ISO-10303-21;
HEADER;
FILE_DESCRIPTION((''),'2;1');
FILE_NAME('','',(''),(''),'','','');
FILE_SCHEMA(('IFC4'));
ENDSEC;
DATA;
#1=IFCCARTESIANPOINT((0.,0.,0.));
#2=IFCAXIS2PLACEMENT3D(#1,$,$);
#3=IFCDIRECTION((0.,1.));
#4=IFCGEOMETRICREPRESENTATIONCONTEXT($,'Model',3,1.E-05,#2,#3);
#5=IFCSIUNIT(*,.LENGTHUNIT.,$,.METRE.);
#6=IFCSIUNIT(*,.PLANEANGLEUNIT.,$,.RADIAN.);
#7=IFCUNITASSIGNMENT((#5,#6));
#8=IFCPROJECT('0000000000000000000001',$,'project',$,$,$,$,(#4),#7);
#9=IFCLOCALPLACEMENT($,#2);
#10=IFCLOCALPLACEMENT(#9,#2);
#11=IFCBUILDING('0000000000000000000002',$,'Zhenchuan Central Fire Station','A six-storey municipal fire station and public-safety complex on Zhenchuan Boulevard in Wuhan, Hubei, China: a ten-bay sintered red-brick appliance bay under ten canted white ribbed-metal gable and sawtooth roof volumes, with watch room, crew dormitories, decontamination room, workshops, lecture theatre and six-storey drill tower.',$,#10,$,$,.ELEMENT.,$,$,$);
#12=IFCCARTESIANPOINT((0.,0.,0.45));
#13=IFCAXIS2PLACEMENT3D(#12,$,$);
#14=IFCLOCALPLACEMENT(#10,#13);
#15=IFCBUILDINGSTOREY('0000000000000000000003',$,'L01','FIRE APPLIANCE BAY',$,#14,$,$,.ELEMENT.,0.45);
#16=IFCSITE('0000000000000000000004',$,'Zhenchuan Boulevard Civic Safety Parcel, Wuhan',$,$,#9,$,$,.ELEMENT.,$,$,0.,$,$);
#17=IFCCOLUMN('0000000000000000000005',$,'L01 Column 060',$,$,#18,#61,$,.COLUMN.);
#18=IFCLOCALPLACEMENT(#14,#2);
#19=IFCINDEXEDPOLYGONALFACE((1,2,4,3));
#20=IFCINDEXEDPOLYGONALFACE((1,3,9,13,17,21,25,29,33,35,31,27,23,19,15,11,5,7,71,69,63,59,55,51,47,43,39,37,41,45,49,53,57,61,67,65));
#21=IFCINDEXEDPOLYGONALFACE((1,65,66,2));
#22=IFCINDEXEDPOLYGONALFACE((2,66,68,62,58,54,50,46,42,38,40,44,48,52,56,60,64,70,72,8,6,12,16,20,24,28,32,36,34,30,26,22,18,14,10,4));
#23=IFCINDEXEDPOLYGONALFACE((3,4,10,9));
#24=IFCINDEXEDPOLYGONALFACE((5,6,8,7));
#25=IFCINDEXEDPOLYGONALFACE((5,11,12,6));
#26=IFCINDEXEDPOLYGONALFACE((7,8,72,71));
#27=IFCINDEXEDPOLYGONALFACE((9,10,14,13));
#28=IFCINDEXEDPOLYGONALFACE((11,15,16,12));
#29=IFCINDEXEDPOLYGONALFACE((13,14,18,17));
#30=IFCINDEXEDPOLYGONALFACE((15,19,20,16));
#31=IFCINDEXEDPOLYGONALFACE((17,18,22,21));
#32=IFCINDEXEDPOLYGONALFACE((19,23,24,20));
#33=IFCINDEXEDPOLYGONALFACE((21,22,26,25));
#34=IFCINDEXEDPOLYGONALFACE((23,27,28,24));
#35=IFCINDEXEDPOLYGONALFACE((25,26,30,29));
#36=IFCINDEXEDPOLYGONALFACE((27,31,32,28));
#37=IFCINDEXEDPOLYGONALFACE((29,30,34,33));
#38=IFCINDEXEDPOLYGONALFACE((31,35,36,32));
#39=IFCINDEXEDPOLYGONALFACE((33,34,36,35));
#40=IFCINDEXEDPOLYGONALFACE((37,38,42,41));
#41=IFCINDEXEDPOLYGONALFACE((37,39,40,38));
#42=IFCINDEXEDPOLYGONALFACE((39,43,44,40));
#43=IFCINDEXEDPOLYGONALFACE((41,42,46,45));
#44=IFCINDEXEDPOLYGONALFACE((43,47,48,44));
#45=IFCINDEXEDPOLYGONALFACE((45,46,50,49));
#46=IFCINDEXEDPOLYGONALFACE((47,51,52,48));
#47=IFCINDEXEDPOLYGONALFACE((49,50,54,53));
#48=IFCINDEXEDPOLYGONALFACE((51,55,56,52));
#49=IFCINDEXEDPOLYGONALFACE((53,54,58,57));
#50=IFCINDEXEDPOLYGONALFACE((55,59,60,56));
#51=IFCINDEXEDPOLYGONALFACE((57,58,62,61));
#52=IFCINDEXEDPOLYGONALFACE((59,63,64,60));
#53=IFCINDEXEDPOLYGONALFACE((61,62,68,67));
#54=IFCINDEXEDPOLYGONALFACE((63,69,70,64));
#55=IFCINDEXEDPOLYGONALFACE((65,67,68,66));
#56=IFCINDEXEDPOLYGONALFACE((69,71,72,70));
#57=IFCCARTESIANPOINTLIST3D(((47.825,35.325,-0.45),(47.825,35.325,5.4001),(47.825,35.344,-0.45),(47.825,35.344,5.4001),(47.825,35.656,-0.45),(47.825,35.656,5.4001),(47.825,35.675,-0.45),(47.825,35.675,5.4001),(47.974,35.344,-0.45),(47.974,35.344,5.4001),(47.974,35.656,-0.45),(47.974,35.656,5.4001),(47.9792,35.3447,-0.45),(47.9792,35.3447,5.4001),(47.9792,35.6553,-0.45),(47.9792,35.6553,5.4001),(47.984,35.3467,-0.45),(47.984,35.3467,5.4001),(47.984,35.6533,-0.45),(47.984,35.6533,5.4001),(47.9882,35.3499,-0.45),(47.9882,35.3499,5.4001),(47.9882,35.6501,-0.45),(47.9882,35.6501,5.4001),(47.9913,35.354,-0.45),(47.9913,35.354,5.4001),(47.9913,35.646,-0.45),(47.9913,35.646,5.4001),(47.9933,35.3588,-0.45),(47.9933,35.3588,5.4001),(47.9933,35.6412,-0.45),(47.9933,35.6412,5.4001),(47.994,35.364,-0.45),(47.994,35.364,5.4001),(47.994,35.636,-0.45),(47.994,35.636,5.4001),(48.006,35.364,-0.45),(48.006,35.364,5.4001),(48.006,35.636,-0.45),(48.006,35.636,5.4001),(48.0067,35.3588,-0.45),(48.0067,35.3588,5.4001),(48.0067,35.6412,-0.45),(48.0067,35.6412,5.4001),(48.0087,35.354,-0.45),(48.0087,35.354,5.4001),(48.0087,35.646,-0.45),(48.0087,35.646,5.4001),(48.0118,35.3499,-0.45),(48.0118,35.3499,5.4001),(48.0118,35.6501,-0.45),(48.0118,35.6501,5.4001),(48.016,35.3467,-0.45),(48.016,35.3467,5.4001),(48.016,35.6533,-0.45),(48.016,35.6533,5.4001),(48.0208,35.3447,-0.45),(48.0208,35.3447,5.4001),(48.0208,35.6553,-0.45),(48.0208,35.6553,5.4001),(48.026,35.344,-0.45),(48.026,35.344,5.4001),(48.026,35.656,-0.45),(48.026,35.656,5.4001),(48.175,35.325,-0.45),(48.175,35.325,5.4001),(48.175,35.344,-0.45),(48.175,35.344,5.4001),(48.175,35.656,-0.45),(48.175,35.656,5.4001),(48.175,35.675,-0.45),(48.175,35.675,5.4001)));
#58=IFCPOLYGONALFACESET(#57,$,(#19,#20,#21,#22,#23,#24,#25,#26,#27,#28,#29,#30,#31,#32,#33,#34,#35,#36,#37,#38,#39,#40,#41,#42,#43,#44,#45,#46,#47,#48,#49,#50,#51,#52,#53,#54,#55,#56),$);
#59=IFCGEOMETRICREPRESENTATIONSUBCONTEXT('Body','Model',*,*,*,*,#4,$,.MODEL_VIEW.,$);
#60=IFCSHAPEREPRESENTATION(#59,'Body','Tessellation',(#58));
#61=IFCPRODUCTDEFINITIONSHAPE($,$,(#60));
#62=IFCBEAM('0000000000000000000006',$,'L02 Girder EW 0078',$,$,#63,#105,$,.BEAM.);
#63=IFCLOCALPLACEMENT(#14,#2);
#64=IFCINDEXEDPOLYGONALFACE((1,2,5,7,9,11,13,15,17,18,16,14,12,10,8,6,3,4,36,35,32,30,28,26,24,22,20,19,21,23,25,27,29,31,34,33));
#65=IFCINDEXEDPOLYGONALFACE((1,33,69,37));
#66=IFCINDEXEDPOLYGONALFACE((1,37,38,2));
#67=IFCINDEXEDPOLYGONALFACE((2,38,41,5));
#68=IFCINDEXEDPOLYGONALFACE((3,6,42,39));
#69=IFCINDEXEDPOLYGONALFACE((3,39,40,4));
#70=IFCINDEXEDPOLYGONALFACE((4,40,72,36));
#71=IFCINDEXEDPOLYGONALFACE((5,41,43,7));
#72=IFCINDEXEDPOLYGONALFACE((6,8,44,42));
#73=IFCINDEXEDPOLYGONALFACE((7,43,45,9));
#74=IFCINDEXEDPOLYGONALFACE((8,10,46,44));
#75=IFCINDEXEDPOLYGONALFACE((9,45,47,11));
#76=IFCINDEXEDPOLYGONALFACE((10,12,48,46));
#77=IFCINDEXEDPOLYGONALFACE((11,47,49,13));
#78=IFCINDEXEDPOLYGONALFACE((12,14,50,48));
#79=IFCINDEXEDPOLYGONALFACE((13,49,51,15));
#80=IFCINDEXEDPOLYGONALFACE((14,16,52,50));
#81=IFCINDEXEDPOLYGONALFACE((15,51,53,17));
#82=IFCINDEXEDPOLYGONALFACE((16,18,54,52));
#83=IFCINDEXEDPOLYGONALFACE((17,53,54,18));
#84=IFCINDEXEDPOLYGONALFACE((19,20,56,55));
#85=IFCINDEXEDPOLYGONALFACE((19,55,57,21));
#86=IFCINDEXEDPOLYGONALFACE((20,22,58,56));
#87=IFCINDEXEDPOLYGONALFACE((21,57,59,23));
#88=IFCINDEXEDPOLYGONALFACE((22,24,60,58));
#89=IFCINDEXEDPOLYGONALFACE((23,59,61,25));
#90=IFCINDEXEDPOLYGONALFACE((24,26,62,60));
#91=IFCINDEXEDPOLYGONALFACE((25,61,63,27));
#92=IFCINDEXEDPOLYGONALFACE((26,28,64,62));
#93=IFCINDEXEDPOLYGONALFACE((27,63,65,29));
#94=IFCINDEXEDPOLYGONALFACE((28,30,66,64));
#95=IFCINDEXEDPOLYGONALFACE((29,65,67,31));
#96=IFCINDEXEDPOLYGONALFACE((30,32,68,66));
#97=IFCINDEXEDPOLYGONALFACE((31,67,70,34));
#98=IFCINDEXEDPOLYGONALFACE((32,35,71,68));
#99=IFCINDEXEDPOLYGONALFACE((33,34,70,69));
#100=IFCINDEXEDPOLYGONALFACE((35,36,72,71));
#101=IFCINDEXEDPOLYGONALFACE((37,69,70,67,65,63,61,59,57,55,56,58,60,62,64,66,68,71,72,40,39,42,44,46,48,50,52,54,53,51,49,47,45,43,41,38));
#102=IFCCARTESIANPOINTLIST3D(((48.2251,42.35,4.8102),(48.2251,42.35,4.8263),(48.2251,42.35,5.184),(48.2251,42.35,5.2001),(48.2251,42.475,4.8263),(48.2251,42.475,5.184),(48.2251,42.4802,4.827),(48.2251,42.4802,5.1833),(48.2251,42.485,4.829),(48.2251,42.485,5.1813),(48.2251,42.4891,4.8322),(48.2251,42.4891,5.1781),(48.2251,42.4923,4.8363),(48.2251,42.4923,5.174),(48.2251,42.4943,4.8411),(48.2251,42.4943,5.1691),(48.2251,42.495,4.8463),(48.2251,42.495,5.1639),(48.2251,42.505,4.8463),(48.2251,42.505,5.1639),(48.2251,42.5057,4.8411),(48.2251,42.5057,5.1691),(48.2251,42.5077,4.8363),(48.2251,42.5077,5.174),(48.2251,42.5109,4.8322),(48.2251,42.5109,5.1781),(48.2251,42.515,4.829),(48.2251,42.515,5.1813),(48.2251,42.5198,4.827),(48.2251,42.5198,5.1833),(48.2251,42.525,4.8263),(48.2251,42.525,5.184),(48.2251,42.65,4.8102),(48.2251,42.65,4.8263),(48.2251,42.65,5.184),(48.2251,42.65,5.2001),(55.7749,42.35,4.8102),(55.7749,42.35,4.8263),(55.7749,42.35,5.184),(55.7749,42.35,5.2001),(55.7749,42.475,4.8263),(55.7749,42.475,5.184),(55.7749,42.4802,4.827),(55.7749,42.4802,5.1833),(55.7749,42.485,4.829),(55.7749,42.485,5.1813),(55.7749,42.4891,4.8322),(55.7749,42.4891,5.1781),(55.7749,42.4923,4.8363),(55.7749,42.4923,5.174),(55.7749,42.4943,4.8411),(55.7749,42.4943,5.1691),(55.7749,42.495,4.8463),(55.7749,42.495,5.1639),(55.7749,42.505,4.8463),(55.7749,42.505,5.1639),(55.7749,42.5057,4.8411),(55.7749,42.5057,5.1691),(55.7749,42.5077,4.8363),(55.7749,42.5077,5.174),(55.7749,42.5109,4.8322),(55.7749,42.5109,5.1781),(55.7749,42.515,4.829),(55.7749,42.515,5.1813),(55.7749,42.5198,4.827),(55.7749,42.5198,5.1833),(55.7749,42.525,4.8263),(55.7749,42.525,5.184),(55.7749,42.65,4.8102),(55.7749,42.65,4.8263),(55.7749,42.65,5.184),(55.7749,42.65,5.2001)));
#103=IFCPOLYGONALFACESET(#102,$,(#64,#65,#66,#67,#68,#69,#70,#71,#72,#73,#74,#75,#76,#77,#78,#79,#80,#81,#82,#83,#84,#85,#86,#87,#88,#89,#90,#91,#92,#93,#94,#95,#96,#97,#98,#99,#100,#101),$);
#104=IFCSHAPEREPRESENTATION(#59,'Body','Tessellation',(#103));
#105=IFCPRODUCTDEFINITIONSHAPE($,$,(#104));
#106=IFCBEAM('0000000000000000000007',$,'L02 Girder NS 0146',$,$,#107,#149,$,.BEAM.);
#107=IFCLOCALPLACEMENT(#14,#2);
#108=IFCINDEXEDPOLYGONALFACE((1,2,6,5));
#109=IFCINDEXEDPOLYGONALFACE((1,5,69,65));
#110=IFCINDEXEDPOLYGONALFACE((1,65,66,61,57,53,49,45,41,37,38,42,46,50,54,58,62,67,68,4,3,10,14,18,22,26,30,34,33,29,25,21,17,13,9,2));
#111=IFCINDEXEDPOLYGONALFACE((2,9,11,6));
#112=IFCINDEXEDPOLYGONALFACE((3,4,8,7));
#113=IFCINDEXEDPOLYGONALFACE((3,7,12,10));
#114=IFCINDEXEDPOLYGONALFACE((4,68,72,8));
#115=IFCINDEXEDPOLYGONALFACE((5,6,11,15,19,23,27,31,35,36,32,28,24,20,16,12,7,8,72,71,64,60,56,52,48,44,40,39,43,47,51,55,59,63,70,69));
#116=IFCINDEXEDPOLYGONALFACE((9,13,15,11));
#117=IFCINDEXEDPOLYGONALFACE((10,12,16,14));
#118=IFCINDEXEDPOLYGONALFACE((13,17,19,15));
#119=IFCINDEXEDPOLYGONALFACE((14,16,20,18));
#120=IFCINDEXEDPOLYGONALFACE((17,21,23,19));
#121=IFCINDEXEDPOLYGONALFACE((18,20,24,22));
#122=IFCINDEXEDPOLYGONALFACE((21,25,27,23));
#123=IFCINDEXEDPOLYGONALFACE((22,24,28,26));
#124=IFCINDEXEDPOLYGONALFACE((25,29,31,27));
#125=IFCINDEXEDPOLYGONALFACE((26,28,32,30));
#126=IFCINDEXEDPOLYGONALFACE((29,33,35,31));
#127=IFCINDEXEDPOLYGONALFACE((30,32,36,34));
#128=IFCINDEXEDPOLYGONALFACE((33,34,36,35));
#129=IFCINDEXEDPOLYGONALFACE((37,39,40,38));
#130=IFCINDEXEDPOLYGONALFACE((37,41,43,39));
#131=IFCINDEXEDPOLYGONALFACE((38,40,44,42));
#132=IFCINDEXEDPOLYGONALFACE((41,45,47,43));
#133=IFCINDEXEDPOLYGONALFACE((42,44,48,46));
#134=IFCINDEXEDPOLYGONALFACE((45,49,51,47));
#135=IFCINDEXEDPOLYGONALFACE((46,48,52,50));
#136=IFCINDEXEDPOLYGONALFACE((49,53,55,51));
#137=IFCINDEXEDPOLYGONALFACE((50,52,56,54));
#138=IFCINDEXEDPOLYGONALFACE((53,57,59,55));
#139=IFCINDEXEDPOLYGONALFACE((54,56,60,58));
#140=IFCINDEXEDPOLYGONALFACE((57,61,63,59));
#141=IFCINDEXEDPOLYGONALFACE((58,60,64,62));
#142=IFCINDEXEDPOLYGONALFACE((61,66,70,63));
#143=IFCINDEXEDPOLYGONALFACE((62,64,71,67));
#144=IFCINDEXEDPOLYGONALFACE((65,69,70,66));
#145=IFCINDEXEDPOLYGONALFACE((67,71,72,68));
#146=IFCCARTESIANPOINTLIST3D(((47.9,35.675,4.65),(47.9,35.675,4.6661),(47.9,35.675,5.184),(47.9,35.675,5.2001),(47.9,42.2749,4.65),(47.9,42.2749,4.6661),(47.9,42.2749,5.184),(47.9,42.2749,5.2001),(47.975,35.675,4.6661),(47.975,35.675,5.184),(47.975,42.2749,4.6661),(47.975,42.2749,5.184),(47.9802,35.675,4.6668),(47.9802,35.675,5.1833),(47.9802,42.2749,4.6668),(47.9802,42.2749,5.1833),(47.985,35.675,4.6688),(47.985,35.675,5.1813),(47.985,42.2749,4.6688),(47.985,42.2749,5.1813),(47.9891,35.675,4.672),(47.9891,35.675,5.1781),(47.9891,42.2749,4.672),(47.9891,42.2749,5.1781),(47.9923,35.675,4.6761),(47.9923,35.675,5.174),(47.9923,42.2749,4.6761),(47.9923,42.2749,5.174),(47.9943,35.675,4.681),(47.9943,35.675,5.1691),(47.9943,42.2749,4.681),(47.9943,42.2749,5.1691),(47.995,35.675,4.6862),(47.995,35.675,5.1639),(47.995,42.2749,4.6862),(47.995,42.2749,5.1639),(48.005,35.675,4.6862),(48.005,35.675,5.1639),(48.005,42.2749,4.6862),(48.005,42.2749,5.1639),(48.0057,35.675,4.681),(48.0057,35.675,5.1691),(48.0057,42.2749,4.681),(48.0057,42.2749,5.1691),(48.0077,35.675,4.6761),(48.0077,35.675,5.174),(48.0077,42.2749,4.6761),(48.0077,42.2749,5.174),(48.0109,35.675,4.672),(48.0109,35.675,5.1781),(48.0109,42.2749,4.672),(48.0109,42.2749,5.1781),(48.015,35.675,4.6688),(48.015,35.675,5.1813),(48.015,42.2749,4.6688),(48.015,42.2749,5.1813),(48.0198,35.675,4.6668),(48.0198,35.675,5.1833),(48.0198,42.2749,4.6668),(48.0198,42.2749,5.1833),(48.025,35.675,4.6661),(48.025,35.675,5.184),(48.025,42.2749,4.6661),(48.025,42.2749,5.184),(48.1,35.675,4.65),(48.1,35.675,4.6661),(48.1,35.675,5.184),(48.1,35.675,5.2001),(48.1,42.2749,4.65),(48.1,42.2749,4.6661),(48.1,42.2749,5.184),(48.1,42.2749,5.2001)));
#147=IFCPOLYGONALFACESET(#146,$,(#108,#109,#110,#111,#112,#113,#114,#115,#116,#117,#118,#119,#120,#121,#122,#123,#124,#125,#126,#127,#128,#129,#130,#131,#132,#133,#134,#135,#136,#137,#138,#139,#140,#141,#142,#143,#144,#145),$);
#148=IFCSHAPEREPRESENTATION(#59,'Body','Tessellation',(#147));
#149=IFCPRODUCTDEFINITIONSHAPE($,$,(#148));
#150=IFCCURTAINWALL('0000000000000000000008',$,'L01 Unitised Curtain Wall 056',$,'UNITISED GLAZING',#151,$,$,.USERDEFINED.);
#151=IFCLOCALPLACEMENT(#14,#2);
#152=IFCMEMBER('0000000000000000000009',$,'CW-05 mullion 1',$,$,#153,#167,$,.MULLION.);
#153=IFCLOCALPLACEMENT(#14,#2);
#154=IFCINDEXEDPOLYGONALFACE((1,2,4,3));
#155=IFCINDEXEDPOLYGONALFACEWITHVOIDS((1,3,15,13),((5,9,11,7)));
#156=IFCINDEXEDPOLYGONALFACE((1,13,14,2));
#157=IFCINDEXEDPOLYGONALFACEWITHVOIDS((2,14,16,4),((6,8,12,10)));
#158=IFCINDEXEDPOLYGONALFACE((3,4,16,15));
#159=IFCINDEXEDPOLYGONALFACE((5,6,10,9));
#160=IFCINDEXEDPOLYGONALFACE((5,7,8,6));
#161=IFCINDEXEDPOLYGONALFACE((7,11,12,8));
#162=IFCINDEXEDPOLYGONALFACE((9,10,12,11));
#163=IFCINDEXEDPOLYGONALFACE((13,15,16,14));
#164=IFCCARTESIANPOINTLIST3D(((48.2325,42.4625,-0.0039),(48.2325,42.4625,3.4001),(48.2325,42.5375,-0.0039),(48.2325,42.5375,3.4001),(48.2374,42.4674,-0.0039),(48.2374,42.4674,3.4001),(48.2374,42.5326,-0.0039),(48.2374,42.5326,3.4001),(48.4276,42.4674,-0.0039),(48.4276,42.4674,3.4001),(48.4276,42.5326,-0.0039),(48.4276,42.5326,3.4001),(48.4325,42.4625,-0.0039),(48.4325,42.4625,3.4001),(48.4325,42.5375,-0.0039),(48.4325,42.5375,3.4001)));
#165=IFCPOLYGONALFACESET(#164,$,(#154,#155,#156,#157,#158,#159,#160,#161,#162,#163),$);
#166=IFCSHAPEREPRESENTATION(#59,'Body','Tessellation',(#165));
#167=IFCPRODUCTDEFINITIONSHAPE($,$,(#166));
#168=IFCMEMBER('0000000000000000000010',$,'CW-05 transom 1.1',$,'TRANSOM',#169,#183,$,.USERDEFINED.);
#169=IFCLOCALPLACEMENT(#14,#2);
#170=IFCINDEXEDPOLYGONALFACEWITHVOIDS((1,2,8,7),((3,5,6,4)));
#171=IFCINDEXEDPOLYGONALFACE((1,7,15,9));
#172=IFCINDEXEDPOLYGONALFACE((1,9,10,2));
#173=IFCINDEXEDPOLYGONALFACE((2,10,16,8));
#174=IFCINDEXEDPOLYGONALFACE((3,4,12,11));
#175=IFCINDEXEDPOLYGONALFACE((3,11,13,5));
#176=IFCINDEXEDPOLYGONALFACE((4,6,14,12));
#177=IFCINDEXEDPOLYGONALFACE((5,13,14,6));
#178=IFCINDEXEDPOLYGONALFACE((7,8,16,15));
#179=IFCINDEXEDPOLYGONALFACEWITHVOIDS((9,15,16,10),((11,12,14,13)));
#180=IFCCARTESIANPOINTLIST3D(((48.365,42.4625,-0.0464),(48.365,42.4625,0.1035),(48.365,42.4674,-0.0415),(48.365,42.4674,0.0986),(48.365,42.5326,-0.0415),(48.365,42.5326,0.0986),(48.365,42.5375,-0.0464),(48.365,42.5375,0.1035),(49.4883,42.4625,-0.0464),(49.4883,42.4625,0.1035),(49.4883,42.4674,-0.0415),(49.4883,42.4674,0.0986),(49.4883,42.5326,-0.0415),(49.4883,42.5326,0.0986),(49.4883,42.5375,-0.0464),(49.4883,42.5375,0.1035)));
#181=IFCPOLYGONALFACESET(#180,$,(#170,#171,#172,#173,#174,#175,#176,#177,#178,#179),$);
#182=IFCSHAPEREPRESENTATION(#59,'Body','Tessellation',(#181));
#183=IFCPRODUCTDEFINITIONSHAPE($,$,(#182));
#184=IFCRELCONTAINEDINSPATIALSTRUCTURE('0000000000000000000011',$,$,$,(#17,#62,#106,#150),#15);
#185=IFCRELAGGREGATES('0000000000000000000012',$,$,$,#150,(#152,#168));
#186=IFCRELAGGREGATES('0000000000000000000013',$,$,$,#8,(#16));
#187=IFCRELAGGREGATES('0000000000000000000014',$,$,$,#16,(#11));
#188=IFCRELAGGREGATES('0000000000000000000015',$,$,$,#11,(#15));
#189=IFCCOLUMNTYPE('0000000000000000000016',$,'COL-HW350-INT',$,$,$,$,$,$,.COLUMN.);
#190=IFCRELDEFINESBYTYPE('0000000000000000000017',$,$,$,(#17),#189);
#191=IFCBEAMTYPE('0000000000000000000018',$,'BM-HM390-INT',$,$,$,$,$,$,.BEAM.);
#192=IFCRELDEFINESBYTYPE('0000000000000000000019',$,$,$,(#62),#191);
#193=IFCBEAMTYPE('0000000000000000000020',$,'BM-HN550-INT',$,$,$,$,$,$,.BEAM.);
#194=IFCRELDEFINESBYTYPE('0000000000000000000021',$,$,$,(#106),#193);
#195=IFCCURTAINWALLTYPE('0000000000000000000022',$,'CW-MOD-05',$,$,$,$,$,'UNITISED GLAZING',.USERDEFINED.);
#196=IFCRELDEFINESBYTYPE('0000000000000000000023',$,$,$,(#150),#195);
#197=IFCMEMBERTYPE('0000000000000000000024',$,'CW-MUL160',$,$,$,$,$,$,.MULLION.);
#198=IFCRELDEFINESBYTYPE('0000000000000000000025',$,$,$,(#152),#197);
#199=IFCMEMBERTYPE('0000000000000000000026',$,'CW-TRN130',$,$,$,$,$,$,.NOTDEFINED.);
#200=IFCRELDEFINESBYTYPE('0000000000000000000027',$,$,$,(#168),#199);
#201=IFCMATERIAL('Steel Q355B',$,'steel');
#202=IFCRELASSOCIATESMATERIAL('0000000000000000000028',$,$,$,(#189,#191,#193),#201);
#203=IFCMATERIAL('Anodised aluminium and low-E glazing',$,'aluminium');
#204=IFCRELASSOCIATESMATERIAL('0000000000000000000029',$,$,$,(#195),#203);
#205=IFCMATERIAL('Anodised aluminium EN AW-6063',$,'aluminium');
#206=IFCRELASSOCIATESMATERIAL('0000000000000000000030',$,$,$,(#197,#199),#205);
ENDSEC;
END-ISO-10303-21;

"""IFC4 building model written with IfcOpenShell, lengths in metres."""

from ifc_helpers import new_model, si_unit, direction, frame, origin, origin_2d, place, context, subcontext, project, spatial, hollow_rectangle, i_section, extrude, material, material_profile, profile_set, type_object, element, aggregate, save


model = new_model("IFC4")

# Units and contexts
model_context = context("Model", 3, precision=1e-05, world=origin(), true_north=direction((0.0, 1.0)))
body_context = subcontext(model_context, "Body", "Model", "MODEL_VIEW")
ifc_project = project(units=[si_unit("LENGTHUNIT", "METRE"), si_unit("PLANEANGLEUNIT", "RADIAN")], contexts=[model_context])

# Site, building, storey
site_placement = place(None, origin())
site = spatial("IfcSite", under=ifc_project, at=site_placement, Name="Zhenchuan Boulevard Civic Safety Parcel, Wuhan", CompositionType="ELEMENT", RefElevation=0.0)
building_placement = place(site_placement, origin())
building = spatial("IfcBuilding", under=site, at=building_placement, Name="Zhenchuan Central Fire Station", Description="A six-storey municipal fire station and public-safety complex on Zhenchuan Boulevard in Wuhan, Hubei, China: a ten-bay sintered red-brick appliance bay under ten canted white ribbed-metal gable and sawtooth roof volumes, with watch room, crew dormitories, decontamination room, workshops, lecture theatre and six-storey drill tower.", CompositionType="ELEMENT")
storey_placement = place(building_placement, frame((0.0, 0.0, 0.45)))
storey = spatial("IfcBuildingStorey", under=building, at=storey_placement, Name="L01", Description="FIRE APPLIANCE BAY", CompositionType="ELEMENT", Elevation=0.45)

# Column
ifc_material_1 = material(Name="Steel Q355B", Category="steel")
ifc_material_profile_1 = material_profile(ifc_material_1, i_section(OverallWidth=0.3501, OverallDepth=0.3501, WebThickness=0.012, FlangeThickness=0.019, FilletRadius=0.02, at=origin_2d()), Name="HW 350x350")
ifc_profile_set_1 = profile_set([ifc_material_profile_1], Name="Steel Q355B")
column_type_1 = type_object("IfcColumnType", Name="COL-HW350-INT", PredefinedType="COLUMN", material=ifc_profile_set_1)
column_1_placement = place(storey_placement, frame((48.0, 35.5, -0.45), z_axis=(0.0, 0.0, 1.0), x_axis=(1.0, 0.0, 0.0)))
element("IfcColumn", 1, at=column_1_placement, inside=storey, type_object=column_type_1, Name="L01 Column 060", PredefinedType="COLUMN", context=body_context, shape_type="SweptSolid", body=[
    extrude(i_section(OverallWidth=0.3501, OverallDepth=0.3501, WebThickness=0.012, FlangeThickness=0.019, FilletRadius=0.02, at=origin_2d()), origin(), (0.0, 0.0, 1.0), 5.8501),
])

# Beams
ifc_material_profile_2 = material_profile(ifc_material_1, i_section(OverallWidth=0.3, OverallDepth=0.3899, WebThickness=0.01, FlangeThickness=0.0161, FilletRadius=0.02, at=origin_2d()), Name="HM 390x300")
ifc_profile_set_2 = profile_set([ifc_material_profile_2], Name="Steel Q355B")
beam_type_1 = type_object("IfcBeamType", Name="BM-HM390-INT", PredefinedType="BEAM", material=ifc_profile_set_2)
beam_1_placement = place(storey_placement, frame((48.2251, 42.5, 5.0051), z_axis=(1.0, 0.0, 0.0), x_axis=(0.0, 1.0, 0.0)))
element("IfcBeam", 2, at=beam_1_placement, inside=storey, type_object=beam_type_1, Name="L02 Girder EW 0078", PredefinedType="BEAM", context=body_context, shape_type="SweptSolid", body=[
    extrude(i_section(OverallWidth=0.3, OverallDepth=0.3899, WebThickness=0.01, FlangeThickness=0.0161, FilletRadius=0.02, at=origin_2d()), origin(), (0.0, 0.0, 1.0), 7.5498),
])
ifc_material_profile_3 = material_profile(ifc_material_1, i_section(OverallWidth=0.2, OverallDepth=0.55, WebThickness=0.01, FlangeThickness=0.0161, FilletRadius=0.02, at=origin_2d()), Name="HN 550x200")
ifc_profile_set_3 = profile_set([ifc_material_profile_3], Name="Steel Q355B")
beam_type_2 = type_object("IfcBeamType", Name="BM-HN550-INT", PredefinedType="BEAM", material=ifc_profile_set_3)
beam_2_placement = place(storey_placement, frame((48.0, 35.675, 4.925), z_axis=(0.0, 1.0, 0.0), x_axis=(-1.0, 0.0, 0.0)))
element("IfcBeam", 3, at=beam_2_placement, inside=storey, type_object=beam_type_2, Name="L02 Girder NS 0146", PredefinedType="BEAM", context=body_context, shape_type="SweptSolid", body=[
    extrude(i_section(OverallWidth=0.2, OverallDepth=0.55, WebThickness=0.01, FlangeThickness=0.0161, FilletRadius=0.02, at=origin_2d()), origin(), (0.0, 0.0, 1.0), 6.5999),
])

# Curtain wall, members
ifc_material_2 = material(Name="Anodised aluminium and low-E glazing", Category="aluminium")
curtain_wall_type = type_object("IfcCurtainWallType", Name="CW-MOD-05", ElementType="UNITISED GLAZING", PredefinedType="USERDEFINED", material=ifc_material_2)
curtain_wall_placement = place(storey_placement, origin())
curtain_wall = element("IfcCurtainWall", 4, at=curtain_wall_placement, inside=storey, type_object=curtain_wall_type, Name="L01 Unitised Curtain Wall 056", ObjectType="UNITISED GLAZING", PredefinedType="USERDEFINED")
ifc_material_3 = material(Name="Anodised aluminium EN AW-6063", Category="aluminium")
ifc_material_profile_4 = material_profile(ifc_material_3, hollow_rectangle(XDim=0.075, YDim=0.2, WallThickness=0.0049, at=origin_2d()), Name="ALU-M 200x75")
ifc_profile_set_4 = profile_set([ifc_material_profile_4], Name="Anodised aluminium EN AW-6063")
member_type_1 = type_object("IfcMemberType", Name="CW-MUL160", PredefinedType="MULLION", material=ifc_profile_set_4)
member_1_placement = place(storey_placement, frame((48.3325, 42.5, -0.0039), z_axis=(0.0, 0.0, 1.0), x_axis=(0.0, 1.0, 0.0)))
member_1 = element("IfcMember", 5, at=member_1_placement, type_object=member_type_1, Name="CW-05 mullion 1", PredefinedType="MULLION", context=body_context, shape_type="SweptSolid", body=[
    extrude(hollow_rectangle(XDim=0.075, YDim=0.2, WallThickness=0.0049, at=origin_2d()), origin(), (0.0, 0.0, 1.0), 3.4041),
])
ifc_material_profile_5 = material_profile(ifc_material_3, hollow_rectangle(XDim=0.075, YDim=0.1499, WallThickness=0.0049, at=origin_2d()), Name="ALU-T 150x75")
ifc_profile_set_5 = profile_set([ifc_material_profile_5], Name="Anodised aluminium EN AW-6063")
member_type_2 = type_object("IfcMemberType", Name="CW-TRN130", PredefinedType="NOTDEFINED", material=ifc_profile_set_5)
member_2_placement = place(storey_placement, frame((48.365, 42.5, 0.0286), z_axis=(1.0, 0.0, 0.0), x_axis=(0.0, 1.0, 0.0)))
member_2 = element("IfcMember", 6, at=member_2_placement, type_object=member_type_2, Name="CW-05 transom 1.1", ObjectType="TRANSOM", PredefinedType="USERDEFINED", context=body_context, shape_type="SweptSolid", body=[
    extrude(hollow_rectangle(XDim=0.075, YDim=0.1499, WallThickness=0.0049, at=origin_2d()), origin(), (0.0, 0.0, 1.0), 1.1233),
])

aggregate(curtain_wall, [member_1, member_2])

save(model, "model.ifc")
